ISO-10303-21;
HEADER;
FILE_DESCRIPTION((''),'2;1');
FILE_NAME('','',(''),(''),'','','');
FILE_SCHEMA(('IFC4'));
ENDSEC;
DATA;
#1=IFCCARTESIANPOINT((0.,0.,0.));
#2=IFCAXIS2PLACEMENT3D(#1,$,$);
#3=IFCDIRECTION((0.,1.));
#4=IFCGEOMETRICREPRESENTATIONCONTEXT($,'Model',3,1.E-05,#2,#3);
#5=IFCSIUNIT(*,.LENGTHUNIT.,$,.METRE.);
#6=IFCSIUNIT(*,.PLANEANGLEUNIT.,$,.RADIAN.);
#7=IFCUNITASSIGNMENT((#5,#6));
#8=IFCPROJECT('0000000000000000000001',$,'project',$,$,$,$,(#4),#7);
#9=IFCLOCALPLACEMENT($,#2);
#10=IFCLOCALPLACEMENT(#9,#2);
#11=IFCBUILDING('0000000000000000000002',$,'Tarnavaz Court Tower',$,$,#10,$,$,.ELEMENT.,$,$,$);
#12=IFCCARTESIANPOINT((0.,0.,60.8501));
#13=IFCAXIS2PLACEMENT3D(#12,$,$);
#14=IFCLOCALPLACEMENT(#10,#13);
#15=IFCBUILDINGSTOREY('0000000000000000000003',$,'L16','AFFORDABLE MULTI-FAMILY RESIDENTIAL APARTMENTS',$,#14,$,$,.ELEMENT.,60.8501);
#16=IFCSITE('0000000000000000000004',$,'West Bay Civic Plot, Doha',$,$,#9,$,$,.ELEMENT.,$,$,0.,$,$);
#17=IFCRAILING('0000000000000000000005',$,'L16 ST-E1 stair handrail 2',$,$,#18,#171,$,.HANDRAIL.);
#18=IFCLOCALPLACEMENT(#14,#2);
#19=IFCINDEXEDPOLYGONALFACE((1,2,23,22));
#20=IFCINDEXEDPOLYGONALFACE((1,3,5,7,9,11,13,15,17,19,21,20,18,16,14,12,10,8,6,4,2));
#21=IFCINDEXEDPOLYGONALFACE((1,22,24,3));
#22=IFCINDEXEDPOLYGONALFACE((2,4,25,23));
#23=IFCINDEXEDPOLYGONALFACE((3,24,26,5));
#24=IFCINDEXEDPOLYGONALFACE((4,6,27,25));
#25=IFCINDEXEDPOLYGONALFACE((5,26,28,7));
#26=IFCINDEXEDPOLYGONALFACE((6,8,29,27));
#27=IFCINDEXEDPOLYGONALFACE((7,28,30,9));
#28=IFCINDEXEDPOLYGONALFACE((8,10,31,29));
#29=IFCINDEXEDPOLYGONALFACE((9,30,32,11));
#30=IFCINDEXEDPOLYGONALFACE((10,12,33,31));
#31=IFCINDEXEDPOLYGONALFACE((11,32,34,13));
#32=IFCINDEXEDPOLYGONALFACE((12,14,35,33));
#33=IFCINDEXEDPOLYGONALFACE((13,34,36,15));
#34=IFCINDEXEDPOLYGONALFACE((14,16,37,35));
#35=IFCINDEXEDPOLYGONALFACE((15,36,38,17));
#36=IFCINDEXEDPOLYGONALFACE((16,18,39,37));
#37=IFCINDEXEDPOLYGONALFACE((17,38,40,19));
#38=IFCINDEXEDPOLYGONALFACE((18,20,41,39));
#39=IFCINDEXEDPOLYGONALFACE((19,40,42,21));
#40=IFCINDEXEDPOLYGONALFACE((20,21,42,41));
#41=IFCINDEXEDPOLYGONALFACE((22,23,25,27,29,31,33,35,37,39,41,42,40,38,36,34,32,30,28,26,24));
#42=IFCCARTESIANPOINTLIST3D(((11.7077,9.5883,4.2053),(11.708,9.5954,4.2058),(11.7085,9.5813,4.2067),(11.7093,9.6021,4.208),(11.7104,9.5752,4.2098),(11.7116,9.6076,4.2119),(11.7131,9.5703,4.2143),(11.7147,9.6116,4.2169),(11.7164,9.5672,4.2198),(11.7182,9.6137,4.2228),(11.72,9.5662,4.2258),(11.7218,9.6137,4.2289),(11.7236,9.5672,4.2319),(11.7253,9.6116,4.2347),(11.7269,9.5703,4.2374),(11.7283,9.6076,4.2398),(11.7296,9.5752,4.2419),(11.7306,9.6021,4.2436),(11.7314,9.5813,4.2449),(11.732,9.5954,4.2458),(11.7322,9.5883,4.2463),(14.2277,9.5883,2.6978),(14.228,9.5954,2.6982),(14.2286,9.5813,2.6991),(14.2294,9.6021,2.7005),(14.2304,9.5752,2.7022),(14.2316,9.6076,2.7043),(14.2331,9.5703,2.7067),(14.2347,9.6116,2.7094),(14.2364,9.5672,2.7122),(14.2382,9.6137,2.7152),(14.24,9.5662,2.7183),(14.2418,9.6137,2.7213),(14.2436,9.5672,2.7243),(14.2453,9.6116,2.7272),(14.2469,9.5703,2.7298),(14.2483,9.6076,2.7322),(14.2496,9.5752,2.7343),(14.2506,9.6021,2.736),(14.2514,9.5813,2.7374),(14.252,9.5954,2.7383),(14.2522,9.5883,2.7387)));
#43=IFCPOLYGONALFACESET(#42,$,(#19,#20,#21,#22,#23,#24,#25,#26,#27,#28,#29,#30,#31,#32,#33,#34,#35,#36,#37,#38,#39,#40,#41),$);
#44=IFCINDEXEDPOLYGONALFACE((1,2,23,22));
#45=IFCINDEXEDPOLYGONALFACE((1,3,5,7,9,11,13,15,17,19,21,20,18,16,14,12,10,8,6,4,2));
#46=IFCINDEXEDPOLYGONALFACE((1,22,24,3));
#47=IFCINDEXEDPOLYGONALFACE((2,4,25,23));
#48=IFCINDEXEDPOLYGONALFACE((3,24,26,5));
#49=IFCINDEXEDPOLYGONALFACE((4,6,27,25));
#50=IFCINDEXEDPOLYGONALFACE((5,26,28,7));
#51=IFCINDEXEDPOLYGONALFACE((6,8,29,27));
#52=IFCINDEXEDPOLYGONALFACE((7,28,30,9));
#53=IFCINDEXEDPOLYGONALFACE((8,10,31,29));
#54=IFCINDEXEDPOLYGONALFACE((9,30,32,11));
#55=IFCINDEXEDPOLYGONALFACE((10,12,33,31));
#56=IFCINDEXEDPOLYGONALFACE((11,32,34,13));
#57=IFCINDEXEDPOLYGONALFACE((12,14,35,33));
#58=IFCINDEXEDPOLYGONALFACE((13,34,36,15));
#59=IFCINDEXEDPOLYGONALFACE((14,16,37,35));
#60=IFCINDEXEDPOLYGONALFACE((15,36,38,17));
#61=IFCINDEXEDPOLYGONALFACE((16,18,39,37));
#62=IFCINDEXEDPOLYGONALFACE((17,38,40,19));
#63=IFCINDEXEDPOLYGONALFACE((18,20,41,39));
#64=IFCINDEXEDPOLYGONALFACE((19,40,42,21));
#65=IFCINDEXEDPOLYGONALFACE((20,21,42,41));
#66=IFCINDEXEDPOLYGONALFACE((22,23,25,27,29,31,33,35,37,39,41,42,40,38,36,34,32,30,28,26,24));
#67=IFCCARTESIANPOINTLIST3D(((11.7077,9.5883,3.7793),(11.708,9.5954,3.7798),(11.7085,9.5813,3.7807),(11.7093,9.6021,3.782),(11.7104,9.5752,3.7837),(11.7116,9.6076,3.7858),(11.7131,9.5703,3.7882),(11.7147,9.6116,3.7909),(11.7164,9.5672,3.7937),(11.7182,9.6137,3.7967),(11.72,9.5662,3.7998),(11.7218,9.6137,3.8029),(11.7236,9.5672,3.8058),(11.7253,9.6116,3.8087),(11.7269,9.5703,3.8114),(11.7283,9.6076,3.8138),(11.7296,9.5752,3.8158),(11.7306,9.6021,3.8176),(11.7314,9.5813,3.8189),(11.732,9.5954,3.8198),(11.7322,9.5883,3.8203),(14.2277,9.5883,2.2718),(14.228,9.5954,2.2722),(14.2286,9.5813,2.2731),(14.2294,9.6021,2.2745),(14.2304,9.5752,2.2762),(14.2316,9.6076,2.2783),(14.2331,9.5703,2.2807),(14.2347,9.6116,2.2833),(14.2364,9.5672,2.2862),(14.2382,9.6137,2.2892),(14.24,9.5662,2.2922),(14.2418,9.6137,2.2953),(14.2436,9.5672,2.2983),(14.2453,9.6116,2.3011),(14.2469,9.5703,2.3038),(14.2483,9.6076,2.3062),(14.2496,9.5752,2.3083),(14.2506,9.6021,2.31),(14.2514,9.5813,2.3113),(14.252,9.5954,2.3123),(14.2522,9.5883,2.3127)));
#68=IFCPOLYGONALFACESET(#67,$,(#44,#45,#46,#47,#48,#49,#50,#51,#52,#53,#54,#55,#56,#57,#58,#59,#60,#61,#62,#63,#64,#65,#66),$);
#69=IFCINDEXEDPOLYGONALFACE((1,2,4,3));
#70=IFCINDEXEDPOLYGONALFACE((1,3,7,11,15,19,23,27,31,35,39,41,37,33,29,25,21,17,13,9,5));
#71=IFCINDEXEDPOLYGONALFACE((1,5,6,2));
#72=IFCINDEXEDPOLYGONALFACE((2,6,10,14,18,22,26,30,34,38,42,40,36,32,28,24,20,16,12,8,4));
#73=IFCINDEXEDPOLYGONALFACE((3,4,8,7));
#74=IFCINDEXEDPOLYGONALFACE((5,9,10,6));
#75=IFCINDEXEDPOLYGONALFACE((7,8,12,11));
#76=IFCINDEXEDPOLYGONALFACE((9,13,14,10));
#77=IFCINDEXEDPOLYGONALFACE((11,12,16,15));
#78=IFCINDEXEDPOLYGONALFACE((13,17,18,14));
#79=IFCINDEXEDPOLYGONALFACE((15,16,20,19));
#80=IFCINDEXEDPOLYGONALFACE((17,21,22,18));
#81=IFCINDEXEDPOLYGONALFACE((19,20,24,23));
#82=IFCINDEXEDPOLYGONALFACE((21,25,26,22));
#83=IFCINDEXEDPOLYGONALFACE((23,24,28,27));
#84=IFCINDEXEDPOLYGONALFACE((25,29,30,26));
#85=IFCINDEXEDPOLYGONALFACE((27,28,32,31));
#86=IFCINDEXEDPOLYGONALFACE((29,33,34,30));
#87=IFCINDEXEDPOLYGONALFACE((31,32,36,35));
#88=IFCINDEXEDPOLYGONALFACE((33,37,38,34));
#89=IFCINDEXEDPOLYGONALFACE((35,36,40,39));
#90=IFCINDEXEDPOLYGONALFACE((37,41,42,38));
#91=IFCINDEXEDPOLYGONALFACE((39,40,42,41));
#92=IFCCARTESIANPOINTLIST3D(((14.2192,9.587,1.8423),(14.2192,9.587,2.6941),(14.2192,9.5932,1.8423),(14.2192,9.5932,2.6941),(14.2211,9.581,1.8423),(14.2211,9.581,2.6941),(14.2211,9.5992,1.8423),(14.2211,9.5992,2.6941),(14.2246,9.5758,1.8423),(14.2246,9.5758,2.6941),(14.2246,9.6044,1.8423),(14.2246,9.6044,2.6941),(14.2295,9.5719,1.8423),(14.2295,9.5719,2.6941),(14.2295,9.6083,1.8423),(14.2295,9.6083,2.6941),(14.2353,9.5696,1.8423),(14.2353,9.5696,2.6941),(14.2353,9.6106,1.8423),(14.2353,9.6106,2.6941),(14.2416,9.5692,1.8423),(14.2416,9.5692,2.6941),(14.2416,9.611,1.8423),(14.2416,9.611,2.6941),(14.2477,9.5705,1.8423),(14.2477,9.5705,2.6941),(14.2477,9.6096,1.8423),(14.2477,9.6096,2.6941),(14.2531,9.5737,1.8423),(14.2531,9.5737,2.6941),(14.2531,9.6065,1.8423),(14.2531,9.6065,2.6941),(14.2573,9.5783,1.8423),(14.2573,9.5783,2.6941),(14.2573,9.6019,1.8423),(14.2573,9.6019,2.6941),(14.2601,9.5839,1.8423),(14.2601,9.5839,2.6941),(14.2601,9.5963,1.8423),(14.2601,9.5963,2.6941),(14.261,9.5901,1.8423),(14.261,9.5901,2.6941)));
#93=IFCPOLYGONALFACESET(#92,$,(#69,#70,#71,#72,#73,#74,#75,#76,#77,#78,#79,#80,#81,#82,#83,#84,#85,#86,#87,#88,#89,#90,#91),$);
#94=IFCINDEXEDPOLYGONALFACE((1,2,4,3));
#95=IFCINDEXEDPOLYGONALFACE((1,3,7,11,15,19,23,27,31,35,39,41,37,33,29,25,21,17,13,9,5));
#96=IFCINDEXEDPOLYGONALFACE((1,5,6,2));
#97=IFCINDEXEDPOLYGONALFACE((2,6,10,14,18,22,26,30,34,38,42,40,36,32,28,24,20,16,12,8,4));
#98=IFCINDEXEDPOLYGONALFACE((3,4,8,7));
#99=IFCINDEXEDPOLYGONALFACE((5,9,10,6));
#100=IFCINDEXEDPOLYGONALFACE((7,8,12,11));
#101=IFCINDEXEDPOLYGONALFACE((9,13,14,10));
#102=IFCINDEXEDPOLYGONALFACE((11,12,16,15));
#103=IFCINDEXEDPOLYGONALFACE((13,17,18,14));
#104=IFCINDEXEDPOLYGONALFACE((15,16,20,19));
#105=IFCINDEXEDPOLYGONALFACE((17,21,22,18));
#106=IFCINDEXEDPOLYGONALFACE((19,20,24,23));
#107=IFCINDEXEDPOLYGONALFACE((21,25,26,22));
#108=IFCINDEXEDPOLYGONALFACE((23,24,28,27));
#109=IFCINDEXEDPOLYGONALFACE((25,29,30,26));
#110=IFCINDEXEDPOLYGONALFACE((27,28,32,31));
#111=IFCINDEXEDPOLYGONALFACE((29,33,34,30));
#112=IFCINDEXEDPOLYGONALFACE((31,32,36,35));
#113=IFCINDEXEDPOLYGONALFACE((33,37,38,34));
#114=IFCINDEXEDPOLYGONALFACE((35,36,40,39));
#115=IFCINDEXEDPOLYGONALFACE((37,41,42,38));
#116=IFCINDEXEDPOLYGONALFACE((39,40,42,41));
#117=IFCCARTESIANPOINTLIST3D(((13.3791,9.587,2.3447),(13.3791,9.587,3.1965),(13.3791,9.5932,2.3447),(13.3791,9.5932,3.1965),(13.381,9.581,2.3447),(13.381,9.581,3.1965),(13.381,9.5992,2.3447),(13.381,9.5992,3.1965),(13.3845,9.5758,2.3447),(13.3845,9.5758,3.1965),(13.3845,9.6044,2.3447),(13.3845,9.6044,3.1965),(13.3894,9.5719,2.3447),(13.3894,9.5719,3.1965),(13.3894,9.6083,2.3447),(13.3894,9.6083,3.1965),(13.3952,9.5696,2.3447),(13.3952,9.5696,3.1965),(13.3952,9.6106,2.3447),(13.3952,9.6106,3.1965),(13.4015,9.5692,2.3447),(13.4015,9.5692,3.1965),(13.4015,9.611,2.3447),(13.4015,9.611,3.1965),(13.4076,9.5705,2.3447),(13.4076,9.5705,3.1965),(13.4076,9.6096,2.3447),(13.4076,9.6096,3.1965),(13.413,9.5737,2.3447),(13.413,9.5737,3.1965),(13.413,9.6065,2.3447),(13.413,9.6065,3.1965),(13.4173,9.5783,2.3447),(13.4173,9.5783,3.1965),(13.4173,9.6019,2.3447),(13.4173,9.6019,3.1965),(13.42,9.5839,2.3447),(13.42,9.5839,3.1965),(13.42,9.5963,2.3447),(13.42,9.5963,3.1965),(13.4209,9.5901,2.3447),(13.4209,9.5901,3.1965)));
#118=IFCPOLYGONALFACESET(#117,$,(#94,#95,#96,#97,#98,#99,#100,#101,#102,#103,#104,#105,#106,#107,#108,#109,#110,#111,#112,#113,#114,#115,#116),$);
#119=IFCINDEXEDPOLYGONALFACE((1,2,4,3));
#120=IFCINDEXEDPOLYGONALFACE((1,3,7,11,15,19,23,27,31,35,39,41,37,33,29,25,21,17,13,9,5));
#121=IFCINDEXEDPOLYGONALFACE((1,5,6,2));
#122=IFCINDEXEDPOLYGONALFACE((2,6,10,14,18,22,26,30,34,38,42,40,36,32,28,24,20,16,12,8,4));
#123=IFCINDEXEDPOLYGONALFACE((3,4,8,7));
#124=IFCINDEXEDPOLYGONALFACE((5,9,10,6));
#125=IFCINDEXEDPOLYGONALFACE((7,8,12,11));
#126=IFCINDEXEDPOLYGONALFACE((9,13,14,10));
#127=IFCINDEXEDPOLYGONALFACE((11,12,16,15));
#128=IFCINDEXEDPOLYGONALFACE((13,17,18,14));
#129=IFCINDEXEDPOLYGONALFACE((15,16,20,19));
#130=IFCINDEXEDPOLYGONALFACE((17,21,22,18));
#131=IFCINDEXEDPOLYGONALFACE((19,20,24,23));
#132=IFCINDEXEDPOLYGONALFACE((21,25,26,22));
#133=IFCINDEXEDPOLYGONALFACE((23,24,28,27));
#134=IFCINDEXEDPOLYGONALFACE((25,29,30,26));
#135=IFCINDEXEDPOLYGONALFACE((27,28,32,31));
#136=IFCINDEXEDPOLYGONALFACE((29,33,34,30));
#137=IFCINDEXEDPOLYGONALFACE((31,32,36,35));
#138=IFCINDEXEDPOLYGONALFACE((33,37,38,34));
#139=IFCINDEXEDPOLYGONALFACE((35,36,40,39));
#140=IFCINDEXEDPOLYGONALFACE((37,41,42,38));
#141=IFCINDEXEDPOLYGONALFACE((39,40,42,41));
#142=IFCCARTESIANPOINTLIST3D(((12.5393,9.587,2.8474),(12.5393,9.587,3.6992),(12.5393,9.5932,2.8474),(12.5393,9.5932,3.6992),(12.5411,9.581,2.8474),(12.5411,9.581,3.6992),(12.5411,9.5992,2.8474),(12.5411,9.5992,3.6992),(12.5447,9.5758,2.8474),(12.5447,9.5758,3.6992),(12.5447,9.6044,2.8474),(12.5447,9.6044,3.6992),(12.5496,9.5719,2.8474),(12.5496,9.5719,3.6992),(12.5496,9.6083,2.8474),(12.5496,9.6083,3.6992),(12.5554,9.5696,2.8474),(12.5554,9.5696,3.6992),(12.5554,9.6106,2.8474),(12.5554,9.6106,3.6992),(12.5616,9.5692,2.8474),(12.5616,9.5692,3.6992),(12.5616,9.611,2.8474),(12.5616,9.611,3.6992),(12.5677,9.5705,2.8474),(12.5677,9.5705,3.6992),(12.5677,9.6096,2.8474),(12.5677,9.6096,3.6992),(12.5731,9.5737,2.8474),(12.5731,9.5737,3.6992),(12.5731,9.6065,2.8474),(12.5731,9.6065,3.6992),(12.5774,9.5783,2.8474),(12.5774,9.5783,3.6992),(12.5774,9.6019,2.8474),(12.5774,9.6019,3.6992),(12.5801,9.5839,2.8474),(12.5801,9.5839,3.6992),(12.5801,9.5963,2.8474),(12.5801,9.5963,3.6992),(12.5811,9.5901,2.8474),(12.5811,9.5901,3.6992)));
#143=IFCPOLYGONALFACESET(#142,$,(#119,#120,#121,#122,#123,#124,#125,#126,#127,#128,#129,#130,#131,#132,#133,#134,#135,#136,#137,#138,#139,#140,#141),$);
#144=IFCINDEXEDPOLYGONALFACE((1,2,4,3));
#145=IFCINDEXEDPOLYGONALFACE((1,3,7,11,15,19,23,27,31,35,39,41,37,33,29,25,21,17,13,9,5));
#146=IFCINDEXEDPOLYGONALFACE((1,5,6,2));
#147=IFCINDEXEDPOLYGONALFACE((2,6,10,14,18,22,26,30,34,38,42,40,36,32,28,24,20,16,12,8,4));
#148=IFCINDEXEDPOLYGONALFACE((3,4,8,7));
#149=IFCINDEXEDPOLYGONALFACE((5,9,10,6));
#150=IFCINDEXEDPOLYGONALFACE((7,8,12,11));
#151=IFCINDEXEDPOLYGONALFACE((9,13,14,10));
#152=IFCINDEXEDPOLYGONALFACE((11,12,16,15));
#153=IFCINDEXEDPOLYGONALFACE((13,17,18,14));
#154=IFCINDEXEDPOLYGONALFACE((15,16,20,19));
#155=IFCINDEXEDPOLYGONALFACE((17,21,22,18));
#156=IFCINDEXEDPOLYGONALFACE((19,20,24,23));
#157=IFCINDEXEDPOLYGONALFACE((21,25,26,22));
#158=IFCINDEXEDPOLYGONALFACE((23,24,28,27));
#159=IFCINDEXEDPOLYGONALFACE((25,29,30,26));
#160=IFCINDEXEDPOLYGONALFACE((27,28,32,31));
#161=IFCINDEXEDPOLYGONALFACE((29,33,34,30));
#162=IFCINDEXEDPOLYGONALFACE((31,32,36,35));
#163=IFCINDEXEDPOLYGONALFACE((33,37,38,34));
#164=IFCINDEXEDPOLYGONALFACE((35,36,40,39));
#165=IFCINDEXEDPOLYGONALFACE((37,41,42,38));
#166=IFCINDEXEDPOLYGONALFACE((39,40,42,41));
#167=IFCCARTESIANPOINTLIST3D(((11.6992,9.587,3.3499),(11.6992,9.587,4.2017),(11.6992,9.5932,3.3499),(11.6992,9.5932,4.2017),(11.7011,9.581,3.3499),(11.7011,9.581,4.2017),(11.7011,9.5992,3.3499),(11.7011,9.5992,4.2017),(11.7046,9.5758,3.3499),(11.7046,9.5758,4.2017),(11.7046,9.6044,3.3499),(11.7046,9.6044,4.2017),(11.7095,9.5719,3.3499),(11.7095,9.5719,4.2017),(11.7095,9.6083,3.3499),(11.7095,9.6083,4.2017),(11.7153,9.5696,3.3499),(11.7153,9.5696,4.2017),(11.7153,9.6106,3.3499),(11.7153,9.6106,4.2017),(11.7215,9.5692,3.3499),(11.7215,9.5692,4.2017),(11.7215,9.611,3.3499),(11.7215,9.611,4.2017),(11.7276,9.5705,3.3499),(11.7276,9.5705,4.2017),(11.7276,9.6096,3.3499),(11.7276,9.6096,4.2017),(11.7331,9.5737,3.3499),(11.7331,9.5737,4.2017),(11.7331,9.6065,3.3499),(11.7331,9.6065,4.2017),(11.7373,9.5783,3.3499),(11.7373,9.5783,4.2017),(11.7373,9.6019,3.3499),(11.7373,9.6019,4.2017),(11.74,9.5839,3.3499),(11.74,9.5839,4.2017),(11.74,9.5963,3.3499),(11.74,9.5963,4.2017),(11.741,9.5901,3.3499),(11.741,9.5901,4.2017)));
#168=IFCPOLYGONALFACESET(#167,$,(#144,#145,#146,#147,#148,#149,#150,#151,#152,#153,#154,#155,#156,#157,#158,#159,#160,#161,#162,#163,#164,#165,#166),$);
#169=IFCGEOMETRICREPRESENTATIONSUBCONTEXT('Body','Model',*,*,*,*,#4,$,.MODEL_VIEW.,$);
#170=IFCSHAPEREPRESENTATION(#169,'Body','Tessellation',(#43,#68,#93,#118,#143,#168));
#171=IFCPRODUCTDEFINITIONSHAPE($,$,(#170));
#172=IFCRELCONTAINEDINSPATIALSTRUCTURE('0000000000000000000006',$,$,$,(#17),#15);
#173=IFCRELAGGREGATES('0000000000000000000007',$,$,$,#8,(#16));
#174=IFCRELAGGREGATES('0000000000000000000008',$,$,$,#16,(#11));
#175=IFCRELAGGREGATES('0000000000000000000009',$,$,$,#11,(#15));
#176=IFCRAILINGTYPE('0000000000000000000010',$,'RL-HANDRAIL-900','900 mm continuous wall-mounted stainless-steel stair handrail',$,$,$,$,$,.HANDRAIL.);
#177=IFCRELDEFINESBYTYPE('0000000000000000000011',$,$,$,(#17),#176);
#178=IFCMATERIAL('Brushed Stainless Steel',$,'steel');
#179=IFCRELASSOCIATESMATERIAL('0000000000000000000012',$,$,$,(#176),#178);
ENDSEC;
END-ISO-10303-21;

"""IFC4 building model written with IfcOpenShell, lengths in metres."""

from ifc_helpers import new_model, si_unit, direction, frame, origin, origin_2d, place, context, subcontext, project, spatial, circle, extrude, material, type_object, element, save


model = new_model("IFC4")

# Units and contexts
model_context = context("Model", 3, precision=1e-05, world=origin(), true_north=direction((0.0, 1.0)))
body_context = subcontext(model_context, "Body", "Model", "MODEL_VIEW")
ifc_project = project(units=[si_unit("LENGTHUNIT", "METRE"), si_unit("PLANEANGLEUNIT", "RADIAN")], contexts=[model_context])

# Site, building, storey
site_placement = place(None, origin())
site = spatial("IfcSite", under=ifc_project, at=site_placement, Name="West Bay Civic Plot, Doha", CompositionType="ELEMENT", RefElevation=0.0)
building_placement = place(site_placement, origin())
building = spatial("IfcBuilding", under=site, at=building_placement, Name="Tarnavaz Court Tower", CompositionType="ELEMENT")
storey_placement = place(building_placement, frame((0.0, 0.0, 60.8501)))
storey = spatial("IfcBuildingStorey", under=building, at=storey_placement, Name="L16", Description="AFFORDABLE MULTI-FAMILY RESIDENTIAL APARTMENTS", CompositionType="ELEMENT", Elevation=60.8501)

# Railing
ifc_material_1 = material(Name="Brushed Stainless Steel", Category="steel")
railing_type_1 = type_object("IfcRailingType", Name="RL-HANDRAIL-900", Description="900 mm continuous wall-mounted stainless-steel stair handrail", PredefinedType="HANDRAIL", material=ifc_material_1)
railing_1_placement = place(storey_placement, frame((14.24, 9.5901, 1.8423)))
element("IfcRailing", 1, at=railing_1_placement, inside=storey, type_object=railing_type_1, Name="L16 ST-E1 stair handrail 2", PredefinedType="HANDRAIL", context=body_context, shape_type="SweptSolid", body=[
    extrude(circle(Radius=0.0239, at=origin_2d()), frame((0.0, 0.0, 0.876), z_axis=(-0.85816, 0.0, 0.513383), x_axis=(0.0, -1.0, 0.0)), (0.0, 0.0, 1.0), 2.9365),
    extrude(circle(Radius=0.0239, at=origin_2d()), frame((0.0, 0.0, 0.45), z_axis=(-0.85816, 0.0, 0.513383), x_axis=(0.0, -1.0, 0.0)), (0.0, 0.0, 1.0), 2.9365),
    extrude(circle(Radius=0.021, at=origin_2d()), origin(), (0.0, 0.0, 1.0), 0.8518),
    extrude(circle(Radius=0.021, at=origin_2d()), frame((-0.8401, 0.0, 0.5024)), (0.0, 0.0, 1.0), 0.8518),
    extrude(circle(Radius=0.021, at=origin_2d()), frame((-1.6799, 0.0, 1.0051)), (0.0, 0.0, 1.0), 0.8518),
    extrude(circle(Radius=0.021, at=origin_2d()), frame((-2.52, 0.0, 1.5076)), (0.0, 0.0, 1.0), 0.8518),
])

save(model, "model.ifc")
